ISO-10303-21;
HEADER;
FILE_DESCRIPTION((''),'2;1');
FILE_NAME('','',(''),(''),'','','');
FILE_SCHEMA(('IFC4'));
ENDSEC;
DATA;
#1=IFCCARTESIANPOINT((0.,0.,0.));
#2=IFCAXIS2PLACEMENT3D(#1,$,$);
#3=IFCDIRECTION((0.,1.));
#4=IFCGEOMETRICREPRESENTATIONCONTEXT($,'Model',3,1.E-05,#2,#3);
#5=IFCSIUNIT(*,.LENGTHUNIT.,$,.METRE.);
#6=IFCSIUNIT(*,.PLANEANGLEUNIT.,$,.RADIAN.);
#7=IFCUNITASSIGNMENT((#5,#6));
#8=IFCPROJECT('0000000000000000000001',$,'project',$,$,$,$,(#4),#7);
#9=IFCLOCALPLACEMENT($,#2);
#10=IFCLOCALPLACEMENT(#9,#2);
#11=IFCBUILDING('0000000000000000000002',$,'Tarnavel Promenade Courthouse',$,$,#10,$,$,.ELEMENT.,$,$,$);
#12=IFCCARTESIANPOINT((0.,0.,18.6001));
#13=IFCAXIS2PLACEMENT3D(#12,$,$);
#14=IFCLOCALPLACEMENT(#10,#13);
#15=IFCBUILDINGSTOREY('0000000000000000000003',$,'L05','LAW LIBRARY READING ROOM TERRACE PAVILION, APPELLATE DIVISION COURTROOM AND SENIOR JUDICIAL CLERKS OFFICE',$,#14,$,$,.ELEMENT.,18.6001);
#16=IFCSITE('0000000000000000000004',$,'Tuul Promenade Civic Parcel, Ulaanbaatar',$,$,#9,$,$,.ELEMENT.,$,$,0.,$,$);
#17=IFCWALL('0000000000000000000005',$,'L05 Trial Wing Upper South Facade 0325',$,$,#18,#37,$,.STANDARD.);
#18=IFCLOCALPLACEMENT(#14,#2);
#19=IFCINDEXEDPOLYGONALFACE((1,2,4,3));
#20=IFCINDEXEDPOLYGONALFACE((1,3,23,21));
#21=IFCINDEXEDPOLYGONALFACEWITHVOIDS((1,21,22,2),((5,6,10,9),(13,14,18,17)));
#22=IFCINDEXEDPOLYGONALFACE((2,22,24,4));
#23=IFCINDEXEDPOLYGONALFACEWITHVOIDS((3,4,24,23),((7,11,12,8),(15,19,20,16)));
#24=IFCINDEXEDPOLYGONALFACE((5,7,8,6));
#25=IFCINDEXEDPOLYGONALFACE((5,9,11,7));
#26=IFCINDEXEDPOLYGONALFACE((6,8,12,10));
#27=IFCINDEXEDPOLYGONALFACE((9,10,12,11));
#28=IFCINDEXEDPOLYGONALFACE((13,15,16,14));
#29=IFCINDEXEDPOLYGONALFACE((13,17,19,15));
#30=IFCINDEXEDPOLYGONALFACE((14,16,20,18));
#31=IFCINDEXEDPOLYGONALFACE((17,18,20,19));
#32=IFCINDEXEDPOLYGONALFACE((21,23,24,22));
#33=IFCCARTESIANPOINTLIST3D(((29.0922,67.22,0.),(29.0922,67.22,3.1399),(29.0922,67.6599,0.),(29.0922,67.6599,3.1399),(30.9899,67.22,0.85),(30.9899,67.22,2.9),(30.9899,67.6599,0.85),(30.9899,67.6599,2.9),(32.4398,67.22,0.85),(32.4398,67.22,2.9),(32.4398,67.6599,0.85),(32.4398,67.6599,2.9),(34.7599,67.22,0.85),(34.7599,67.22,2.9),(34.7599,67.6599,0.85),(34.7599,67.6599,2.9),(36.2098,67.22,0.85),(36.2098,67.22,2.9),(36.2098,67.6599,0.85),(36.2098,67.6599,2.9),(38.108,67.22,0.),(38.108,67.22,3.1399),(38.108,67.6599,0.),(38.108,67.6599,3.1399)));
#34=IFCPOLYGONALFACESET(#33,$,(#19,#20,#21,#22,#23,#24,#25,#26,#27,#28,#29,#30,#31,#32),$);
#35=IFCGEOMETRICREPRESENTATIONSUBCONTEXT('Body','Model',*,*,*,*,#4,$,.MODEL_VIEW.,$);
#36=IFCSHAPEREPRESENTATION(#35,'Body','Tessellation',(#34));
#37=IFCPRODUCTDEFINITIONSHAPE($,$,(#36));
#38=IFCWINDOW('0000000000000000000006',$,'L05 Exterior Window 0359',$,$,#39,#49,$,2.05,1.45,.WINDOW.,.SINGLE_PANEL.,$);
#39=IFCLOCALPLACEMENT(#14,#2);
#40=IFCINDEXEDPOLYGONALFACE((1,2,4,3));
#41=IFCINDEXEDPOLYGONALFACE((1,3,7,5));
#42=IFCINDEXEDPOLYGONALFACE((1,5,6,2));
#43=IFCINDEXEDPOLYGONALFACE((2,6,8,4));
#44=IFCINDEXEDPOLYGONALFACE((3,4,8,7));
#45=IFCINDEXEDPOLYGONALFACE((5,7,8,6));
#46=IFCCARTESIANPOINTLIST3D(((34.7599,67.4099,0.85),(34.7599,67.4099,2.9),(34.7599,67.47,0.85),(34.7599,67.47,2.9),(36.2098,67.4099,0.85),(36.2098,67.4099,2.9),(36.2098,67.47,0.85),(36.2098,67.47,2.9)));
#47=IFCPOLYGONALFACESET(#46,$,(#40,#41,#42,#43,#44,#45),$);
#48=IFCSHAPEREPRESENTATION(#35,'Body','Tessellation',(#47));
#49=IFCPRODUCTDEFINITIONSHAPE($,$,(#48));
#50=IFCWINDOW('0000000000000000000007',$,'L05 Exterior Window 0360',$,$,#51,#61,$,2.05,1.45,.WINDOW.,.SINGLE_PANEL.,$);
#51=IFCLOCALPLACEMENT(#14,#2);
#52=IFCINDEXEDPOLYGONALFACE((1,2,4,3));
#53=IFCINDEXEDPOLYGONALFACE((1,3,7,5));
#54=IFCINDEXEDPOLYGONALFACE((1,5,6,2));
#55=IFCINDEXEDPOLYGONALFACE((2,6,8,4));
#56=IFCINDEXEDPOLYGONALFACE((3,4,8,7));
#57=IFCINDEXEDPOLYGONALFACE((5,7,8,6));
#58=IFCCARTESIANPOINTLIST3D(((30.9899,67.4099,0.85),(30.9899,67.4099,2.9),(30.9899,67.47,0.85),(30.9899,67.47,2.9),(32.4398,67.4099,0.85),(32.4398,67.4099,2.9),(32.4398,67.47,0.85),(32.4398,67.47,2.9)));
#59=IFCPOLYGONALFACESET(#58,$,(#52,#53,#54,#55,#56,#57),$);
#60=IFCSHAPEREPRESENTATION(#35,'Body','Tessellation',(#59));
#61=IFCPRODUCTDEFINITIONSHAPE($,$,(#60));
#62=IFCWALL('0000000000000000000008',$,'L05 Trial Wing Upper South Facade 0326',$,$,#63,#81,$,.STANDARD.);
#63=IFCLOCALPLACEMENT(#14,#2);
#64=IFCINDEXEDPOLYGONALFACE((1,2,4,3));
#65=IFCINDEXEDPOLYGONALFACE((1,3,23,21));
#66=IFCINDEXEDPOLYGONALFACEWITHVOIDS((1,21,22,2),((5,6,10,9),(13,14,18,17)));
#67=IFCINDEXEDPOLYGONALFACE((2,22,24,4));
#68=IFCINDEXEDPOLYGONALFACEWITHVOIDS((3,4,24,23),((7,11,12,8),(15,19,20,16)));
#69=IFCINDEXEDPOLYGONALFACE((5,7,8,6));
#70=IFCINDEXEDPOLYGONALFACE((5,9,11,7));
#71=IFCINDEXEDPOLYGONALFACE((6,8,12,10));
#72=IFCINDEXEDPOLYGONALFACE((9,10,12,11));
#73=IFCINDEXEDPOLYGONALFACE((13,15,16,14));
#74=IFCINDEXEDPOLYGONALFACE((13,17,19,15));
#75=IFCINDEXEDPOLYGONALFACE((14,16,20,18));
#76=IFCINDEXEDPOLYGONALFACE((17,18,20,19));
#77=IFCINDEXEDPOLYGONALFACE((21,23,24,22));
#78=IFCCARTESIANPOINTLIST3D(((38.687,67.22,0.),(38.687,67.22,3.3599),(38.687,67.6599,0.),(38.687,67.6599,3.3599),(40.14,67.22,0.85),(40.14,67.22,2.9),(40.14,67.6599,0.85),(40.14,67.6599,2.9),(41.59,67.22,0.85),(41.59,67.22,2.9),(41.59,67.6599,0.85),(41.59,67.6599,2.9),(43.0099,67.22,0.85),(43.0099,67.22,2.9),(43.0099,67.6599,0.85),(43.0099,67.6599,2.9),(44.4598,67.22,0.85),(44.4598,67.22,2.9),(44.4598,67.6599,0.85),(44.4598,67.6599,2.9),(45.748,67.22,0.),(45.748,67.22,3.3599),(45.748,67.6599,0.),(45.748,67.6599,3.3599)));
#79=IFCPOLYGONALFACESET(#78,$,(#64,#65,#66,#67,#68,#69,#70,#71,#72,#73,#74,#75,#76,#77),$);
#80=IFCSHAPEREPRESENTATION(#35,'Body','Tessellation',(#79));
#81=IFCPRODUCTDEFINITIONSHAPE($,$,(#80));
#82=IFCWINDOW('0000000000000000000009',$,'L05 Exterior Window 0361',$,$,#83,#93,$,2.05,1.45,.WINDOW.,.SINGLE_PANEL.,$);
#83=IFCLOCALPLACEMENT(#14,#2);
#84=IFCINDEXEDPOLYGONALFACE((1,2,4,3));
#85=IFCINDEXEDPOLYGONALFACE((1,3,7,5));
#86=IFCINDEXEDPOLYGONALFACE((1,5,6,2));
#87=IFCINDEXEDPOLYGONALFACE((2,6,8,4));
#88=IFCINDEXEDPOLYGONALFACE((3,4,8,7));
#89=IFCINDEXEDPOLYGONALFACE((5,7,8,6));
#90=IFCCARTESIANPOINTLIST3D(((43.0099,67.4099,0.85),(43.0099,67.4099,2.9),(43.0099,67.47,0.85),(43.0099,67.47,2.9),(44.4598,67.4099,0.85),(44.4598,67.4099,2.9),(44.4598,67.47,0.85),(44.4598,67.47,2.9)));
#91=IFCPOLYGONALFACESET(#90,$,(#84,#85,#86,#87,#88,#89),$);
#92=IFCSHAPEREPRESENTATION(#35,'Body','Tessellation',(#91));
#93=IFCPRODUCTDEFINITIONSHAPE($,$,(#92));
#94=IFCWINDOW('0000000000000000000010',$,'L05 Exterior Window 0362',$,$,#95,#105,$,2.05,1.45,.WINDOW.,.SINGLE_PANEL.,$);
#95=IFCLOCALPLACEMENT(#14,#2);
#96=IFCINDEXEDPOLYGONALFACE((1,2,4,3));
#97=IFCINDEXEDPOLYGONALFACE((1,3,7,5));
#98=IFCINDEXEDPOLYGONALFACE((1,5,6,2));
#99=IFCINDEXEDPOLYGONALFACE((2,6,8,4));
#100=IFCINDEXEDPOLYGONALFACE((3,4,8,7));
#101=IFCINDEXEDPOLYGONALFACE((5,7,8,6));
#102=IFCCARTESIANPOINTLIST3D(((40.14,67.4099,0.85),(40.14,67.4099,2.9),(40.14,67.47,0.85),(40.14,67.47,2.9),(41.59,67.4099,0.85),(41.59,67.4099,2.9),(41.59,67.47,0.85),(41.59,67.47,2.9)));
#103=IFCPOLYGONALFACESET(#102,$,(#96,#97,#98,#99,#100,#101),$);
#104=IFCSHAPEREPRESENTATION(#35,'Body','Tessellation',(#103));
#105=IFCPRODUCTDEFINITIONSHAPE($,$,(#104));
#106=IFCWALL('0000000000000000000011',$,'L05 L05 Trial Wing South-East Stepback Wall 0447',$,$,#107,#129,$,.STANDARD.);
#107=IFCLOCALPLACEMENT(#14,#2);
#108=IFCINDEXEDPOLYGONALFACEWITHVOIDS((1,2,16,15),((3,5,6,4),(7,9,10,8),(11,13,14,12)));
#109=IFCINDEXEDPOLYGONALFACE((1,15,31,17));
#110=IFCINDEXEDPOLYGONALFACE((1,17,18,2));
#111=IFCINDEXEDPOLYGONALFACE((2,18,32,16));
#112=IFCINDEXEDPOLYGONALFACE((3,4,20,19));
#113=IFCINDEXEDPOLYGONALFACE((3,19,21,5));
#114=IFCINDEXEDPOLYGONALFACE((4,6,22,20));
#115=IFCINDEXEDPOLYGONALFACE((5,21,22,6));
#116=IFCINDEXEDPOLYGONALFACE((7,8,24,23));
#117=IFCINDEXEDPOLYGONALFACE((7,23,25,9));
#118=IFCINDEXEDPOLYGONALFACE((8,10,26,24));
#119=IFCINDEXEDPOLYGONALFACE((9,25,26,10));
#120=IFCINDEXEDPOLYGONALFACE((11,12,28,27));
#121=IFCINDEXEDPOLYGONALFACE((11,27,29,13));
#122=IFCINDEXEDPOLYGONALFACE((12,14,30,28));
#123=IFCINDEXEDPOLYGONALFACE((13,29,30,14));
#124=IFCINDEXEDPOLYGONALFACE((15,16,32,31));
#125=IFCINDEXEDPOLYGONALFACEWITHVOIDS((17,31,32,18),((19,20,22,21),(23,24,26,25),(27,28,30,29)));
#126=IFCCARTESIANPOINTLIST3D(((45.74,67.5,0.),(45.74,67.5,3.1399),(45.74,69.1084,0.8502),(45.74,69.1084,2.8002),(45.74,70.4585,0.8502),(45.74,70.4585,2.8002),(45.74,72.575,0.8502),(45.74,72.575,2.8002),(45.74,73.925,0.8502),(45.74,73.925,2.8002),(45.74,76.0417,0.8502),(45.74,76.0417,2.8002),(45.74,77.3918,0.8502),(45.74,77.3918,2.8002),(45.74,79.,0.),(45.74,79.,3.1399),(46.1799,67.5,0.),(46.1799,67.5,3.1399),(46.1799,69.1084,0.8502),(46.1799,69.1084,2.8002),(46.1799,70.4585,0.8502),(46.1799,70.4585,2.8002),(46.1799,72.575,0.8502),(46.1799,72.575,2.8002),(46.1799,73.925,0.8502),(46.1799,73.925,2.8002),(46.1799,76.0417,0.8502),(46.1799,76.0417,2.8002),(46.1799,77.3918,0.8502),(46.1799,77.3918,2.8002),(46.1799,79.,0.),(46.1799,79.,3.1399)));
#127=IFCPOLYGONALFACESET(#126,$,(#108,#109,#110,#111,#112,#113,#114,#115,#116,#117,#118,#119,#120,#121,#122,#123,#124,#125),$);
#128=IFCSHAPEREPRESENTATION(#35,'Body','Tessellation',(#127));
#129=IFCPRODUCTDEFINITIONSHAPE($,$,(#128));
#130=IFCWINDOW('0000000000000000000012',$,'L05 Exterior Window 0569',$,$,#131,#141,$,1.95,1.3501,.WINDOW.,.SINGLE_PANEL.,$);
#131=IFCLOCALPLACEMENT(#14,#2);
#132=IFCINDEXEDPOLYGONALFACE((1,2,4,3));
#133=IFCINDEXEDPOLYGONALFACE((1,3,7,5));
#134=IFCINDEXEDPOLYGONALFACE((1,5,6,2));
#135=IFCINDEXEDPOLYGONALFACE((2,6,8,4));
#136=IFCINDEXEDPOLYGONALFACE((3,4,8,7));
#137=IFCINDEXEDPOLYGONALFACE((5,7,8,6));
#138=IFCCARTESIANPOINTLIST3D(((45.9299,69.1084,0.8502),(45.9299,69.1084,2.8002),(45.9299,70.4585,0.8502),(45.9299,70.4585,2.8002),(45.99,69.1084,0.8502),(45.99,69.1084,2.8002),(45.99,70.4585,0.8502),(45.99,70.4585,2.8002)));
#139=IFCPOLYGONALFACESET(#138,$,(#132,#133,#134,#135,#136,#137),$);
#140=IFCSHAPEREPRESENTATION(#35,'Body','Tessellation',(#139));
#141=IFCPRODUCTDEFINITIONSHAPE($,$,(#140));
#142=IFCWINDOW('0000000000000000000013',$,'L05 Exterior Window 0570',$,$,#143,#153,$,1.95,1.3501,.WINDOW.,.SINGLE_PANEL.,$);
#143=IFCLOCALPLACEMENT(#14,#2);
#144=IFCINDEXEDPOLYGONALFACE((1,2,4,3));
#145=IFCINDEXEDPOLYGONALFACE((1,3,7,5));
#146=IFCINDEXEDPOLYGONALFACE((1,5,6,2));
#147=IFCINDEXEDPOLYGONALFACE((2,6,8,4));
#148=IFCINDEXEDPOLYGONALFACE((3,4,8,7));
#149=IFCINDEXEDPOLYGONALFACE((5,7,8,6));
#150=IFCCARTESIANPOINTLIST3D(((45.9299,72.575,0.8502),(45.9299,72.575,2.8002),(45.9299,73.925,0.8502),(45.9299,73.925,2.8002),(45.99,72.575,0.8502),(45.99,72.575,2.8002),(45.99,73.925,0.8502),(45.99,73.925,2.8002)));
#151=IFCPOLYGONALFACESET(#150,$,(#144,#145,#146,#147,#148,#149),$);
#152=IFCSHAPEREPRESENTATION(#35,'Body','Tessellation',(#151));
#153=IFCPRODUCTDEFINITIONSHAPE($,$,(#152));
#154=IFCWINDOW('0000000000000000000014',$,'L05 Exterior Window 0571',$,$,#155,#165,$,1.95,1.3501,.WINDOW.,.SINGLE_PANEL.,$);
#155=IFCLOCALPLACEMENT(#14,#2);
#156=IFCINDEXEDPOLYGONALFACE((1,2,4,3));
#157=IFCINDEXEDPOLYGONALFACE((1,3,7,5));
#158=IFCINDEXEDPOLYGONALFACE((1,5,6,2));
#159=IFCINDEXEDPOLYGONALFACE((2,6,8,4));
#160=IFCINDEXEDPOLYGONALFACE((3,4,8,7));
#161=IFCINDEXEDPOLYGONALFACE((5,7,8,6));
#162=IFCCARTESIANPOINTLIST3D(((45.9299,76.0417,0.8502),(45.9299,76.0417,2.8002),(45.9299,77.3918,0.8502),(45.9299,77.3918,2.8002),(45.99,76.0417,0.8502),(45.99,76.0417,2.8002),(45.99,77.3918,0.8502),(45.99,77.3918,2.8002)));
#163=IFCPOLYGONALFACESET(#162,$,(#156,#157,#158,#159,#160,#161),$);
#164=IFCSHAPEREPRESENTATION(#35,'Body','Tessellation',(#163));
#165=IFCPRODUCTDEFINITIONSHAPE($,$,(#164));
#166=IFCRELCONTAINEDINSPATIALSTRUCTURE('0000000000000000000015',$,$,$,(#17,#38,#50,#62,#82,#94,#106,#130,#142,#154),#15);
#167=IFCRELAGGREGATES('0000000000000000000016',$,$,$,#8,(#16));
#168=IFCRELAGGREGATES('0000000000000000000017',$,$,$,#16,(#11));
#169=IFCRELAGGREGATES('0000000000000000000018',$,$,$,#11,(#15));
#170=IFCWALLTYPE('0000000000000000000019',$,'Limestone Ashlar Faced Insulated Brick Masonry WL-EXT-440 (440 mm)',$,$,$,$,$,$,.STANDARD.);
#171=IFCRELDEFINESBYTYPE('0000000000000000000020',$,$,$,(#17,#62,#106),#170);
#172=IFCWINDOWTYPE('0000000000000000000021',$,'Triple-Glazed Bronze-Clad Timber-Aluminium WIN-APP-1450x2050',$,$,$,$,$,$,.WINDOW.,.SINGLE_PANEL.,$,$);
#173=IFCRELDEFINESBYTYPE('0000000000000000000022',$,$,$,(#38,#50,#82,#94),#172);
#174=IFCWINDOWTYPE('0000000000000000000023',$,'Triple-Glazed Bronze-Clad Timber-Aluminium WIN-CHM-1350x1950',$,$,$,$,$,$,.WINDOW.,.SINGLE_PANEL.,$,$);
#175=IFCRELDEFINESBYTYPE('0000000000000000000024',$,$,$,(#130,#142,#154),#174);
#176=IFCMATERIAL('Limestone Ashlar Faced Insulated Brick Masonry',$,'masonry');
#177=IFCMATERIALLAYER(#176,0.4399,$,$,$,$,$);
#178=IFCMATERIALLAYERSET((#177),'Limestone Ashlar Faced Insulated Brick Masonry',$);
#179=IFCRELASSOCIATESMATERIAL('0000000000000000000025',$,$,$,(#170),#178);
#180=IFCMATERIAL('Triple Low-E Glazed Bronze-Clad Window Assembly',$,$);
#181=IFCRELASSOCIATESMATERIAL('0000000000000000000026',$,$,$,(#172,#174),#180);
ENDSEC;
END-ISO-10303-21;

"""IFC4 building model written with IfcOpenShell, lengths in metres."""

from ifc_helpers import new_model, si_unit, direction, frame, frame_2d, origin, place, context, subcontext, project, spatial, rectangle, extrude, material, layer, layer_set, type_object, element, fill, save


model = new_model("IFC4")

# Units and contexts
model_context = context("Model", 3, precision=1e-05, world=origin(), true_north=direction((0.0, 1.0)))
body_context = subcontext(model_context, "Body", "Model", "MODEL_VIEW")
ifc_project = project(units=[si_unit("LENGTHUNIT", "METRE"), si_unit("PLANEANGLEUNIT", "RADIAN")], contexts=[model_context])

# Site, building, storey
site_placement = place(None, origin())
site = spatial("IfcSite", under=ifc_project, at=site_placement, Name="Tuul Promenade Civic Parcel, Ulaanbaatar", CompositionType="ELEMENT", RefElevation=0.0)
building_placement = place(site_placement, origin())
building = spatial("IfcBuilding", under=site, at=building_placement, Name="Tarnavel Promenade Courthouse", CompositionType="ELEMENT")
storey_placement = place(building_placement, frame((0.0, 0.0, 18.6001)))
storey = spatial("IfcBuildingStorey", under=building, at=storey_placement, Name="L05", Description="LAW LIBRARY READING ROOM TERRACE PAVILION, APPELLATE DIVISION COURTROOM AND SENIOR JUDICIAL CLERKS OFFICE", CompositionType="ELEMENT", Elevation=18.6001)

# Walls, openings, windows
ifc_material_1 = material(Name="Limestone Ashlar Faced Insulated Brick Masonry", Category="masonry")
ifc_layer_1 = layer(ifc_material_1, 0.4399)
ifc_layer_set_1 = layer_set([ifc_layer_1], Name="Limestone Ashlar Faced Insulated Brick Masonry")
wall_type_1 = type_object("IfcWallType", Name="Limestone Ashlar Faced Insulated Brick Masonry WL-EXT-440 (440 mm)", PredefinedType="STANDARD", material=ifc_layer_set_1)
wall_1_placement = place(storey_placement, frame((38.1079, 67.4399, 0.0), z_axis=(0.0, 0.0, 1.0), x_axis=(-1.0, 0.0, 0.0)))
wall_1 = element("IfcWall", 1, at=wall_1_placement, inside=storey, type_object=wall_type_1, Name="L05 Trial Wing Upper South Facade 0325", PredefinedType="STANDARD", context=body_context, shape_type="SweptSolid", body=[
    extrude(rectangle(XDim=9.0159, YDim=0.4399, at=frame_2d((4.5078, 0.0))), origin(), (0.0, 0.0, 1.0), 3.1399),
])
opening_1_placement = place(wall_1_placement, frame((1.8979, 0.0, 0.8501)))
opening_1 = element("IfcOpeningElement", 2, at=opening_1_placement, cuts=wall_1, PredefinedType="OPENING", context=body_context, shape_type="SweptSolid", body=[
    extrude(rectangle(XDim=1.45, YDim=2.05, at=frame_2d((0.7251, 1.0249))), frame((0.0, 0.23, 0.0), z_axis=(0.0, -1.0, 0.0), x_axis=(1.0, 0.0, 0.0)), (0.0, 0.0, 1.0), 0.46),
])
opening_2_placement = place(wall_1_placement, frame((5.668, 0.0, 0.8501)))
opening_2 = element("IfcOpeningElement", 3, at=opening_2_placement, cuts=wall_1, PredefinedType="OPENING", context=body_context, shape_type="SweptSolid", body=[
    extrude(rectangle(XDim=1.45, YDim=2.05, at=frame_2d((0.7251, 1.0249))), frame((0.0, 0.23, 0.0), z_axis=(0.0, -1.0, 0.0), x_axis=(1.0, 0.0, 0.0)), (0.0, 0.0, 1.0), 0.46),
])
ifc_material_2 = material(Name="Triple Low-E Glazed Bronze-Clad Window Assembly")
window_type_1 = type_object("IfcWindowType", Name="Triple-Glazed Bronze-Clad Timber-Aluminium WIN-APP-1450x2050", PartitioningType="SINGLE_PANEL", PredefinedType="WINDOW", material=ifc_material_2)
window_1_placement = place(opening_1_placement, origin())
window_1 = element("IfcWindow", 4, at=window_1_placement, inside=storey, type_object=window_type_1, Name="L05 Exterior Window 0359", OverallHeight=2.05, OverallWidth=1.45, PartitioningType="SINGLE_PANEL", PredefinedType="WINDOW", context=body_context, shape_type="SweptSolid", body=[
    extrude(rectangle(XDim=1.45, YDim=2.05, at=frame_2d((0.7251, 1.0249))), frame((0.0, 0.03, 0.0), z_axis=(0.0, -1.0, 0.0), x_axis=(1.0, 0.0, 0.0)), (0.0, 0.0, 1.0), 0.0601),
])
fill(opening_1, window_1)
window_2_placement = place(opening_2_placement, origin())
window_2 = element("IfcWindow", 5, at=window_2_placement, inside=storey, type_object=window_type_1, Name="L05 Exterior Window 0360", OverallHeight=2.05, OverallWidth=1.45, PartitioningType="SINGLE_PANEL", PredefinedType="WINDOW", context=body_context, shape_type="SweptSolid", body=[
    extrude(rectangle(XDim=1.45, YDim=2.05, at=frame_2d((0.7251, 1.0249))), frame((0.0, 0.03, 0.0), z_axis=(0.0, -1.0, 0.0), x_axis=(1.0, 0.0, 0.0)), (0.0, 0.0, 1.0), 0.0601),
])
fill(opening_2, window_2)
wall_2_placement = place(storey_placement, frame((45.748, 67.4399, 0.0), z_axis=(0.0, 0.0, 1.0), x_axis=(-1.0, 0.0, 0.0)))
wall_2 = element("IfcWall", 6, at=wall_2_placement, inside=storey, type_object=wall_type_1, Name="L05 Trial Wing Upper South Facade 0326", PredefinedType="STANDARD", context=body_context, shape_type="SweptSolid", body=[
    extrude(rectangle(XDim=7.061, YDim=0.4399, at=frame_2d((3.5305, 0.0))), origin(), (0.0, 0.0, 1.0), 3.3599),
])
opening_3_placement = place(wall_2_placement, frame((1.2881, 0.0, 0.8501)))
opening_3 = element("IfcOpeningElement", 7, at=opening_3_placement, cuts=wall_2, PredefinedType="OPENING", context=body_context, shape_type="SweptSolid", body=[
    extrude(rectangle(XDim=1.45, YDim=2.05, at=frame_2d((0.7251, 1.0249))), frame((0.0, 0.23, 0.0), z_axis=(0.0, -1.0, 0.0), x_axis=(1.0, 0.0, 0.0)), (0.0, 0.0, 1.0), 0.46),
])
opening_4_placement = place(wall_2_placement, frame((4.158, 0.0, 0.8501)))
opening_4 = element("IfcOpeningElement", 8, at=opening_4_placement, cuts=wall_2, PredefinedType="OPENING", context=body_context, shape_type="SweptSolid", body=[
    extrude(rectangle(XDim=1.45, YDim=2.05, at=frame_2d((0.7251, 1.0249))), frame((0.0, 0.23, 0.0), z_axis=(0.0, -1.0, 0.0), x_axis=(1.0, 0.0, 0.0)), (0.0, 0.0, 1.0), 0.46),
])
window_3_placement = place(opening_3_placement, origin())
window_3 = element("IfcWindow", 9, at=window_3_placement, inside=storey, type_object=window_type_1, Name="L05 Exterior Window 0361", OverallHeight=2.05, OverallWidth=1.45, PartitioningType="SINGLE_PANEL", PredefinedType="WINDOW", context=body_context, shape_type="SweptSolid", body=[
    extrude(rectangle(XDim=1.45, YDim=2.05, at=frame_2d((0.7251, 1.0249))), frame((0.0, 0.03, 0.0), z_axis=(0.0, -1.0, 0.0), x_axis=(1.0, 0.0, 0.0)), (0.0, 0.0, 1.0), 0.0601),
])
fill(opening_3, window_3)
window_4_placement = place(opening_4_placement, origin())
window_4 = element("IfcWindow", 10, at=window_4_placement, inside=storey, type_object=window_type_1, Name="L05 Exterior Window 0362", OverallHeight=2.05, OverallWidth=1.45, PartitioningType="SINGLE_PANEL", PredefinedType="WINDOW", context=body_context, shape_type="SweptSolid", body=[
    extrude(rectangle(XDim=1.45, YDim=2.05, at=frame_2d((0.7251, 1.0249))), frame((0.0, 0.03, 0.0), z_axis=(0.0, -1.0, 0.0), x_axis=(1.0, 0.0, 0.0)), (0.0, 0.0, 1.0), 0.0601),
])
fill(opening_4, window_4)
wall_3_placement = place(storey_placement, frame((45.96, 67.5, 0.0), z_axis=(0.0, 0.0, 1.0), x_axis=(0.0, 1.0, 0.0)))
wall_3 = element("IfcWall", 11, at=wall_3_placement, inside=storey, type_object=wall_type_1, Name="L05 L05 Trial Wing South-East Stepback Wall 0447", PredefinedType="STANDARD", context=body_context, shape_type="SweptSolid", body=[
    extrude(rectangle(XDim=11.5, YDim=0.4399, at=frame_2d((5.75, 0.0))), origin(), (0.0, 0.0, 1.0), 3.1399),
])
opening_5_placement = place(wall_3_placement, frame((1.6084, 0.0, 0.8501)))
opening_5 = element("IfcOpeningElement", 12, at=opening_5_placement, cuts=wall_3, PredefinedType="OPENING", context=body_context, shape_type="SweptSolid", body=[
    extrude(rectangle(XDim=1.3501, YDim=1.95, at=frame_2d((0.675, 0.9751))), frame((0.0, 0.23, 0.0), z_axis=(0.0, -1.0, 0.0), x_axis=(1.0, 0.0, 0.0)), (0.0, 0.0, 1.0), 0.46),
])
opening_6_placement = place(wall_3_placement, frame((5.075, 0.0, 0.8501)))
opening_6 = element("IfcOpeningElement", 13, at=opening_6_placement, cuts=wall_3, PredefinedType="OPENING", context=body_context, shape_type="SweptSolid", body=[
    extrude(rectangle(XDim=1.3501, YDim=1.95, at=frame_2d((0.675, 0.9751))), frame((0.0, 0.23, 0.0), z_axis=(0.0, -1.0, 0.0), x_axis=(1.0, 0.0, 0.0)), (0.0, 0.0, 1.0), 0.46),
])
opening_7_placement = place(wall_3_placement, frame((8.5417, 0.0, 0.8501)))
opening_7 = element("IfcOpeningElement", 14, at=opening_7_placement, cuts=wall_3, PredefinedType="OPENING", context=body_context, shape_type="SweptSolid", body=[
    extrude(rectangle(XDim=1.3501, YDim=1.95, at=frame_2d((0.675, 0.9751))), frame((0.0, 0.23, 0.0), z_axis=(0.0, -1.0, 0.0), x_axis=(1.0, 0.0, 0.0)), (0.0, 0.0, 1.0), 0.46),
])
window_type_2 = type_object("IfcWindowType", Name="Triple-Glazed Bronze-Clad Timber-Aluminium WIN-CHM-1350x1950", PartitioningType="SINGLE_PANEL", PredefinedType="WINDOW", material=ifc_material_2)
window_5_placement = place(opening_5_placement, origin())
window_5 = element("IfcWindow", 15, at=window_5_placement, inside=storey, type_object=window_type_2, Name="L05 Exterior Window 0569", OverallHeight=1.95, OverallWidth=1.3501, PartitioningType="SINGLE_PANEL", PredefinedType="WINDOW", context=body_context, shape_type="SweptSolid", body=[
    extrude(rectangle(XDim=1.3501, YDim=1.95, at=frame_2d((0.675, 0.9751))), frame((0.0, 0.03, 0.0), z_axis=(0.0, -1.0, 0.0), x_axis=(1.0, 0.0, 0.0)), (0.0, 0.0, 1.0), 0.0601),
])
fill(opening_5, window_5)
window_6_placement = place(opening_6_placement, origin())
window_6 = element("IfcWindow", 16, at=window_6_placement, inside=storey, type_object=window_type_2, Name="L05 Exterior Window 0570", OverallHeight=1.95, OverallWidth=1.3501, PartitioningType="SINGLE_PANEL", PredefinedType="WINDOW", context=body_context, shape_type="SweptSolid", body=[
    extrude(rectangle(XDim=1.3501, YDim=1.95, at=frame_2d((0.675, 0.9751))), frame((0.0, 0.03, 0.0), z_axis=(0.0, -1.0, 0.0), x_axis=(1.0, 0.0, 0.0)), (0.0, 0.0, 1.0), 0.0601),
])
fill(opening_6, window_6)
window_7_placement = place(opening_7_placement, origin())
window_7 = element("IfcWindow", 17, at=window_7_placement, inside=storey, type_object=window_type_2, Name="L05 Exterior Window 0571", OverallHeight=1.95, OverallWidth=1.3501, PartitioningType="SINGLE_PANEL", PredefinedType="WINDOW", context=body_context, shape_type="SweptSolid", body=[
    extrude(rectangle(XDim=1.3501, YDim=1.95, at=frame_2d((0.675, 0.9751))), frame((0.0, 0.03, 0.0), z_axis=(0.0, -1.0, 0.0), x_axis=(1.0, 0.0, 0.0)), (0.0, 0.0, 1.0), 0.0601),
])
fill(opening_7, window_7)

save(model, "model.ifc")
